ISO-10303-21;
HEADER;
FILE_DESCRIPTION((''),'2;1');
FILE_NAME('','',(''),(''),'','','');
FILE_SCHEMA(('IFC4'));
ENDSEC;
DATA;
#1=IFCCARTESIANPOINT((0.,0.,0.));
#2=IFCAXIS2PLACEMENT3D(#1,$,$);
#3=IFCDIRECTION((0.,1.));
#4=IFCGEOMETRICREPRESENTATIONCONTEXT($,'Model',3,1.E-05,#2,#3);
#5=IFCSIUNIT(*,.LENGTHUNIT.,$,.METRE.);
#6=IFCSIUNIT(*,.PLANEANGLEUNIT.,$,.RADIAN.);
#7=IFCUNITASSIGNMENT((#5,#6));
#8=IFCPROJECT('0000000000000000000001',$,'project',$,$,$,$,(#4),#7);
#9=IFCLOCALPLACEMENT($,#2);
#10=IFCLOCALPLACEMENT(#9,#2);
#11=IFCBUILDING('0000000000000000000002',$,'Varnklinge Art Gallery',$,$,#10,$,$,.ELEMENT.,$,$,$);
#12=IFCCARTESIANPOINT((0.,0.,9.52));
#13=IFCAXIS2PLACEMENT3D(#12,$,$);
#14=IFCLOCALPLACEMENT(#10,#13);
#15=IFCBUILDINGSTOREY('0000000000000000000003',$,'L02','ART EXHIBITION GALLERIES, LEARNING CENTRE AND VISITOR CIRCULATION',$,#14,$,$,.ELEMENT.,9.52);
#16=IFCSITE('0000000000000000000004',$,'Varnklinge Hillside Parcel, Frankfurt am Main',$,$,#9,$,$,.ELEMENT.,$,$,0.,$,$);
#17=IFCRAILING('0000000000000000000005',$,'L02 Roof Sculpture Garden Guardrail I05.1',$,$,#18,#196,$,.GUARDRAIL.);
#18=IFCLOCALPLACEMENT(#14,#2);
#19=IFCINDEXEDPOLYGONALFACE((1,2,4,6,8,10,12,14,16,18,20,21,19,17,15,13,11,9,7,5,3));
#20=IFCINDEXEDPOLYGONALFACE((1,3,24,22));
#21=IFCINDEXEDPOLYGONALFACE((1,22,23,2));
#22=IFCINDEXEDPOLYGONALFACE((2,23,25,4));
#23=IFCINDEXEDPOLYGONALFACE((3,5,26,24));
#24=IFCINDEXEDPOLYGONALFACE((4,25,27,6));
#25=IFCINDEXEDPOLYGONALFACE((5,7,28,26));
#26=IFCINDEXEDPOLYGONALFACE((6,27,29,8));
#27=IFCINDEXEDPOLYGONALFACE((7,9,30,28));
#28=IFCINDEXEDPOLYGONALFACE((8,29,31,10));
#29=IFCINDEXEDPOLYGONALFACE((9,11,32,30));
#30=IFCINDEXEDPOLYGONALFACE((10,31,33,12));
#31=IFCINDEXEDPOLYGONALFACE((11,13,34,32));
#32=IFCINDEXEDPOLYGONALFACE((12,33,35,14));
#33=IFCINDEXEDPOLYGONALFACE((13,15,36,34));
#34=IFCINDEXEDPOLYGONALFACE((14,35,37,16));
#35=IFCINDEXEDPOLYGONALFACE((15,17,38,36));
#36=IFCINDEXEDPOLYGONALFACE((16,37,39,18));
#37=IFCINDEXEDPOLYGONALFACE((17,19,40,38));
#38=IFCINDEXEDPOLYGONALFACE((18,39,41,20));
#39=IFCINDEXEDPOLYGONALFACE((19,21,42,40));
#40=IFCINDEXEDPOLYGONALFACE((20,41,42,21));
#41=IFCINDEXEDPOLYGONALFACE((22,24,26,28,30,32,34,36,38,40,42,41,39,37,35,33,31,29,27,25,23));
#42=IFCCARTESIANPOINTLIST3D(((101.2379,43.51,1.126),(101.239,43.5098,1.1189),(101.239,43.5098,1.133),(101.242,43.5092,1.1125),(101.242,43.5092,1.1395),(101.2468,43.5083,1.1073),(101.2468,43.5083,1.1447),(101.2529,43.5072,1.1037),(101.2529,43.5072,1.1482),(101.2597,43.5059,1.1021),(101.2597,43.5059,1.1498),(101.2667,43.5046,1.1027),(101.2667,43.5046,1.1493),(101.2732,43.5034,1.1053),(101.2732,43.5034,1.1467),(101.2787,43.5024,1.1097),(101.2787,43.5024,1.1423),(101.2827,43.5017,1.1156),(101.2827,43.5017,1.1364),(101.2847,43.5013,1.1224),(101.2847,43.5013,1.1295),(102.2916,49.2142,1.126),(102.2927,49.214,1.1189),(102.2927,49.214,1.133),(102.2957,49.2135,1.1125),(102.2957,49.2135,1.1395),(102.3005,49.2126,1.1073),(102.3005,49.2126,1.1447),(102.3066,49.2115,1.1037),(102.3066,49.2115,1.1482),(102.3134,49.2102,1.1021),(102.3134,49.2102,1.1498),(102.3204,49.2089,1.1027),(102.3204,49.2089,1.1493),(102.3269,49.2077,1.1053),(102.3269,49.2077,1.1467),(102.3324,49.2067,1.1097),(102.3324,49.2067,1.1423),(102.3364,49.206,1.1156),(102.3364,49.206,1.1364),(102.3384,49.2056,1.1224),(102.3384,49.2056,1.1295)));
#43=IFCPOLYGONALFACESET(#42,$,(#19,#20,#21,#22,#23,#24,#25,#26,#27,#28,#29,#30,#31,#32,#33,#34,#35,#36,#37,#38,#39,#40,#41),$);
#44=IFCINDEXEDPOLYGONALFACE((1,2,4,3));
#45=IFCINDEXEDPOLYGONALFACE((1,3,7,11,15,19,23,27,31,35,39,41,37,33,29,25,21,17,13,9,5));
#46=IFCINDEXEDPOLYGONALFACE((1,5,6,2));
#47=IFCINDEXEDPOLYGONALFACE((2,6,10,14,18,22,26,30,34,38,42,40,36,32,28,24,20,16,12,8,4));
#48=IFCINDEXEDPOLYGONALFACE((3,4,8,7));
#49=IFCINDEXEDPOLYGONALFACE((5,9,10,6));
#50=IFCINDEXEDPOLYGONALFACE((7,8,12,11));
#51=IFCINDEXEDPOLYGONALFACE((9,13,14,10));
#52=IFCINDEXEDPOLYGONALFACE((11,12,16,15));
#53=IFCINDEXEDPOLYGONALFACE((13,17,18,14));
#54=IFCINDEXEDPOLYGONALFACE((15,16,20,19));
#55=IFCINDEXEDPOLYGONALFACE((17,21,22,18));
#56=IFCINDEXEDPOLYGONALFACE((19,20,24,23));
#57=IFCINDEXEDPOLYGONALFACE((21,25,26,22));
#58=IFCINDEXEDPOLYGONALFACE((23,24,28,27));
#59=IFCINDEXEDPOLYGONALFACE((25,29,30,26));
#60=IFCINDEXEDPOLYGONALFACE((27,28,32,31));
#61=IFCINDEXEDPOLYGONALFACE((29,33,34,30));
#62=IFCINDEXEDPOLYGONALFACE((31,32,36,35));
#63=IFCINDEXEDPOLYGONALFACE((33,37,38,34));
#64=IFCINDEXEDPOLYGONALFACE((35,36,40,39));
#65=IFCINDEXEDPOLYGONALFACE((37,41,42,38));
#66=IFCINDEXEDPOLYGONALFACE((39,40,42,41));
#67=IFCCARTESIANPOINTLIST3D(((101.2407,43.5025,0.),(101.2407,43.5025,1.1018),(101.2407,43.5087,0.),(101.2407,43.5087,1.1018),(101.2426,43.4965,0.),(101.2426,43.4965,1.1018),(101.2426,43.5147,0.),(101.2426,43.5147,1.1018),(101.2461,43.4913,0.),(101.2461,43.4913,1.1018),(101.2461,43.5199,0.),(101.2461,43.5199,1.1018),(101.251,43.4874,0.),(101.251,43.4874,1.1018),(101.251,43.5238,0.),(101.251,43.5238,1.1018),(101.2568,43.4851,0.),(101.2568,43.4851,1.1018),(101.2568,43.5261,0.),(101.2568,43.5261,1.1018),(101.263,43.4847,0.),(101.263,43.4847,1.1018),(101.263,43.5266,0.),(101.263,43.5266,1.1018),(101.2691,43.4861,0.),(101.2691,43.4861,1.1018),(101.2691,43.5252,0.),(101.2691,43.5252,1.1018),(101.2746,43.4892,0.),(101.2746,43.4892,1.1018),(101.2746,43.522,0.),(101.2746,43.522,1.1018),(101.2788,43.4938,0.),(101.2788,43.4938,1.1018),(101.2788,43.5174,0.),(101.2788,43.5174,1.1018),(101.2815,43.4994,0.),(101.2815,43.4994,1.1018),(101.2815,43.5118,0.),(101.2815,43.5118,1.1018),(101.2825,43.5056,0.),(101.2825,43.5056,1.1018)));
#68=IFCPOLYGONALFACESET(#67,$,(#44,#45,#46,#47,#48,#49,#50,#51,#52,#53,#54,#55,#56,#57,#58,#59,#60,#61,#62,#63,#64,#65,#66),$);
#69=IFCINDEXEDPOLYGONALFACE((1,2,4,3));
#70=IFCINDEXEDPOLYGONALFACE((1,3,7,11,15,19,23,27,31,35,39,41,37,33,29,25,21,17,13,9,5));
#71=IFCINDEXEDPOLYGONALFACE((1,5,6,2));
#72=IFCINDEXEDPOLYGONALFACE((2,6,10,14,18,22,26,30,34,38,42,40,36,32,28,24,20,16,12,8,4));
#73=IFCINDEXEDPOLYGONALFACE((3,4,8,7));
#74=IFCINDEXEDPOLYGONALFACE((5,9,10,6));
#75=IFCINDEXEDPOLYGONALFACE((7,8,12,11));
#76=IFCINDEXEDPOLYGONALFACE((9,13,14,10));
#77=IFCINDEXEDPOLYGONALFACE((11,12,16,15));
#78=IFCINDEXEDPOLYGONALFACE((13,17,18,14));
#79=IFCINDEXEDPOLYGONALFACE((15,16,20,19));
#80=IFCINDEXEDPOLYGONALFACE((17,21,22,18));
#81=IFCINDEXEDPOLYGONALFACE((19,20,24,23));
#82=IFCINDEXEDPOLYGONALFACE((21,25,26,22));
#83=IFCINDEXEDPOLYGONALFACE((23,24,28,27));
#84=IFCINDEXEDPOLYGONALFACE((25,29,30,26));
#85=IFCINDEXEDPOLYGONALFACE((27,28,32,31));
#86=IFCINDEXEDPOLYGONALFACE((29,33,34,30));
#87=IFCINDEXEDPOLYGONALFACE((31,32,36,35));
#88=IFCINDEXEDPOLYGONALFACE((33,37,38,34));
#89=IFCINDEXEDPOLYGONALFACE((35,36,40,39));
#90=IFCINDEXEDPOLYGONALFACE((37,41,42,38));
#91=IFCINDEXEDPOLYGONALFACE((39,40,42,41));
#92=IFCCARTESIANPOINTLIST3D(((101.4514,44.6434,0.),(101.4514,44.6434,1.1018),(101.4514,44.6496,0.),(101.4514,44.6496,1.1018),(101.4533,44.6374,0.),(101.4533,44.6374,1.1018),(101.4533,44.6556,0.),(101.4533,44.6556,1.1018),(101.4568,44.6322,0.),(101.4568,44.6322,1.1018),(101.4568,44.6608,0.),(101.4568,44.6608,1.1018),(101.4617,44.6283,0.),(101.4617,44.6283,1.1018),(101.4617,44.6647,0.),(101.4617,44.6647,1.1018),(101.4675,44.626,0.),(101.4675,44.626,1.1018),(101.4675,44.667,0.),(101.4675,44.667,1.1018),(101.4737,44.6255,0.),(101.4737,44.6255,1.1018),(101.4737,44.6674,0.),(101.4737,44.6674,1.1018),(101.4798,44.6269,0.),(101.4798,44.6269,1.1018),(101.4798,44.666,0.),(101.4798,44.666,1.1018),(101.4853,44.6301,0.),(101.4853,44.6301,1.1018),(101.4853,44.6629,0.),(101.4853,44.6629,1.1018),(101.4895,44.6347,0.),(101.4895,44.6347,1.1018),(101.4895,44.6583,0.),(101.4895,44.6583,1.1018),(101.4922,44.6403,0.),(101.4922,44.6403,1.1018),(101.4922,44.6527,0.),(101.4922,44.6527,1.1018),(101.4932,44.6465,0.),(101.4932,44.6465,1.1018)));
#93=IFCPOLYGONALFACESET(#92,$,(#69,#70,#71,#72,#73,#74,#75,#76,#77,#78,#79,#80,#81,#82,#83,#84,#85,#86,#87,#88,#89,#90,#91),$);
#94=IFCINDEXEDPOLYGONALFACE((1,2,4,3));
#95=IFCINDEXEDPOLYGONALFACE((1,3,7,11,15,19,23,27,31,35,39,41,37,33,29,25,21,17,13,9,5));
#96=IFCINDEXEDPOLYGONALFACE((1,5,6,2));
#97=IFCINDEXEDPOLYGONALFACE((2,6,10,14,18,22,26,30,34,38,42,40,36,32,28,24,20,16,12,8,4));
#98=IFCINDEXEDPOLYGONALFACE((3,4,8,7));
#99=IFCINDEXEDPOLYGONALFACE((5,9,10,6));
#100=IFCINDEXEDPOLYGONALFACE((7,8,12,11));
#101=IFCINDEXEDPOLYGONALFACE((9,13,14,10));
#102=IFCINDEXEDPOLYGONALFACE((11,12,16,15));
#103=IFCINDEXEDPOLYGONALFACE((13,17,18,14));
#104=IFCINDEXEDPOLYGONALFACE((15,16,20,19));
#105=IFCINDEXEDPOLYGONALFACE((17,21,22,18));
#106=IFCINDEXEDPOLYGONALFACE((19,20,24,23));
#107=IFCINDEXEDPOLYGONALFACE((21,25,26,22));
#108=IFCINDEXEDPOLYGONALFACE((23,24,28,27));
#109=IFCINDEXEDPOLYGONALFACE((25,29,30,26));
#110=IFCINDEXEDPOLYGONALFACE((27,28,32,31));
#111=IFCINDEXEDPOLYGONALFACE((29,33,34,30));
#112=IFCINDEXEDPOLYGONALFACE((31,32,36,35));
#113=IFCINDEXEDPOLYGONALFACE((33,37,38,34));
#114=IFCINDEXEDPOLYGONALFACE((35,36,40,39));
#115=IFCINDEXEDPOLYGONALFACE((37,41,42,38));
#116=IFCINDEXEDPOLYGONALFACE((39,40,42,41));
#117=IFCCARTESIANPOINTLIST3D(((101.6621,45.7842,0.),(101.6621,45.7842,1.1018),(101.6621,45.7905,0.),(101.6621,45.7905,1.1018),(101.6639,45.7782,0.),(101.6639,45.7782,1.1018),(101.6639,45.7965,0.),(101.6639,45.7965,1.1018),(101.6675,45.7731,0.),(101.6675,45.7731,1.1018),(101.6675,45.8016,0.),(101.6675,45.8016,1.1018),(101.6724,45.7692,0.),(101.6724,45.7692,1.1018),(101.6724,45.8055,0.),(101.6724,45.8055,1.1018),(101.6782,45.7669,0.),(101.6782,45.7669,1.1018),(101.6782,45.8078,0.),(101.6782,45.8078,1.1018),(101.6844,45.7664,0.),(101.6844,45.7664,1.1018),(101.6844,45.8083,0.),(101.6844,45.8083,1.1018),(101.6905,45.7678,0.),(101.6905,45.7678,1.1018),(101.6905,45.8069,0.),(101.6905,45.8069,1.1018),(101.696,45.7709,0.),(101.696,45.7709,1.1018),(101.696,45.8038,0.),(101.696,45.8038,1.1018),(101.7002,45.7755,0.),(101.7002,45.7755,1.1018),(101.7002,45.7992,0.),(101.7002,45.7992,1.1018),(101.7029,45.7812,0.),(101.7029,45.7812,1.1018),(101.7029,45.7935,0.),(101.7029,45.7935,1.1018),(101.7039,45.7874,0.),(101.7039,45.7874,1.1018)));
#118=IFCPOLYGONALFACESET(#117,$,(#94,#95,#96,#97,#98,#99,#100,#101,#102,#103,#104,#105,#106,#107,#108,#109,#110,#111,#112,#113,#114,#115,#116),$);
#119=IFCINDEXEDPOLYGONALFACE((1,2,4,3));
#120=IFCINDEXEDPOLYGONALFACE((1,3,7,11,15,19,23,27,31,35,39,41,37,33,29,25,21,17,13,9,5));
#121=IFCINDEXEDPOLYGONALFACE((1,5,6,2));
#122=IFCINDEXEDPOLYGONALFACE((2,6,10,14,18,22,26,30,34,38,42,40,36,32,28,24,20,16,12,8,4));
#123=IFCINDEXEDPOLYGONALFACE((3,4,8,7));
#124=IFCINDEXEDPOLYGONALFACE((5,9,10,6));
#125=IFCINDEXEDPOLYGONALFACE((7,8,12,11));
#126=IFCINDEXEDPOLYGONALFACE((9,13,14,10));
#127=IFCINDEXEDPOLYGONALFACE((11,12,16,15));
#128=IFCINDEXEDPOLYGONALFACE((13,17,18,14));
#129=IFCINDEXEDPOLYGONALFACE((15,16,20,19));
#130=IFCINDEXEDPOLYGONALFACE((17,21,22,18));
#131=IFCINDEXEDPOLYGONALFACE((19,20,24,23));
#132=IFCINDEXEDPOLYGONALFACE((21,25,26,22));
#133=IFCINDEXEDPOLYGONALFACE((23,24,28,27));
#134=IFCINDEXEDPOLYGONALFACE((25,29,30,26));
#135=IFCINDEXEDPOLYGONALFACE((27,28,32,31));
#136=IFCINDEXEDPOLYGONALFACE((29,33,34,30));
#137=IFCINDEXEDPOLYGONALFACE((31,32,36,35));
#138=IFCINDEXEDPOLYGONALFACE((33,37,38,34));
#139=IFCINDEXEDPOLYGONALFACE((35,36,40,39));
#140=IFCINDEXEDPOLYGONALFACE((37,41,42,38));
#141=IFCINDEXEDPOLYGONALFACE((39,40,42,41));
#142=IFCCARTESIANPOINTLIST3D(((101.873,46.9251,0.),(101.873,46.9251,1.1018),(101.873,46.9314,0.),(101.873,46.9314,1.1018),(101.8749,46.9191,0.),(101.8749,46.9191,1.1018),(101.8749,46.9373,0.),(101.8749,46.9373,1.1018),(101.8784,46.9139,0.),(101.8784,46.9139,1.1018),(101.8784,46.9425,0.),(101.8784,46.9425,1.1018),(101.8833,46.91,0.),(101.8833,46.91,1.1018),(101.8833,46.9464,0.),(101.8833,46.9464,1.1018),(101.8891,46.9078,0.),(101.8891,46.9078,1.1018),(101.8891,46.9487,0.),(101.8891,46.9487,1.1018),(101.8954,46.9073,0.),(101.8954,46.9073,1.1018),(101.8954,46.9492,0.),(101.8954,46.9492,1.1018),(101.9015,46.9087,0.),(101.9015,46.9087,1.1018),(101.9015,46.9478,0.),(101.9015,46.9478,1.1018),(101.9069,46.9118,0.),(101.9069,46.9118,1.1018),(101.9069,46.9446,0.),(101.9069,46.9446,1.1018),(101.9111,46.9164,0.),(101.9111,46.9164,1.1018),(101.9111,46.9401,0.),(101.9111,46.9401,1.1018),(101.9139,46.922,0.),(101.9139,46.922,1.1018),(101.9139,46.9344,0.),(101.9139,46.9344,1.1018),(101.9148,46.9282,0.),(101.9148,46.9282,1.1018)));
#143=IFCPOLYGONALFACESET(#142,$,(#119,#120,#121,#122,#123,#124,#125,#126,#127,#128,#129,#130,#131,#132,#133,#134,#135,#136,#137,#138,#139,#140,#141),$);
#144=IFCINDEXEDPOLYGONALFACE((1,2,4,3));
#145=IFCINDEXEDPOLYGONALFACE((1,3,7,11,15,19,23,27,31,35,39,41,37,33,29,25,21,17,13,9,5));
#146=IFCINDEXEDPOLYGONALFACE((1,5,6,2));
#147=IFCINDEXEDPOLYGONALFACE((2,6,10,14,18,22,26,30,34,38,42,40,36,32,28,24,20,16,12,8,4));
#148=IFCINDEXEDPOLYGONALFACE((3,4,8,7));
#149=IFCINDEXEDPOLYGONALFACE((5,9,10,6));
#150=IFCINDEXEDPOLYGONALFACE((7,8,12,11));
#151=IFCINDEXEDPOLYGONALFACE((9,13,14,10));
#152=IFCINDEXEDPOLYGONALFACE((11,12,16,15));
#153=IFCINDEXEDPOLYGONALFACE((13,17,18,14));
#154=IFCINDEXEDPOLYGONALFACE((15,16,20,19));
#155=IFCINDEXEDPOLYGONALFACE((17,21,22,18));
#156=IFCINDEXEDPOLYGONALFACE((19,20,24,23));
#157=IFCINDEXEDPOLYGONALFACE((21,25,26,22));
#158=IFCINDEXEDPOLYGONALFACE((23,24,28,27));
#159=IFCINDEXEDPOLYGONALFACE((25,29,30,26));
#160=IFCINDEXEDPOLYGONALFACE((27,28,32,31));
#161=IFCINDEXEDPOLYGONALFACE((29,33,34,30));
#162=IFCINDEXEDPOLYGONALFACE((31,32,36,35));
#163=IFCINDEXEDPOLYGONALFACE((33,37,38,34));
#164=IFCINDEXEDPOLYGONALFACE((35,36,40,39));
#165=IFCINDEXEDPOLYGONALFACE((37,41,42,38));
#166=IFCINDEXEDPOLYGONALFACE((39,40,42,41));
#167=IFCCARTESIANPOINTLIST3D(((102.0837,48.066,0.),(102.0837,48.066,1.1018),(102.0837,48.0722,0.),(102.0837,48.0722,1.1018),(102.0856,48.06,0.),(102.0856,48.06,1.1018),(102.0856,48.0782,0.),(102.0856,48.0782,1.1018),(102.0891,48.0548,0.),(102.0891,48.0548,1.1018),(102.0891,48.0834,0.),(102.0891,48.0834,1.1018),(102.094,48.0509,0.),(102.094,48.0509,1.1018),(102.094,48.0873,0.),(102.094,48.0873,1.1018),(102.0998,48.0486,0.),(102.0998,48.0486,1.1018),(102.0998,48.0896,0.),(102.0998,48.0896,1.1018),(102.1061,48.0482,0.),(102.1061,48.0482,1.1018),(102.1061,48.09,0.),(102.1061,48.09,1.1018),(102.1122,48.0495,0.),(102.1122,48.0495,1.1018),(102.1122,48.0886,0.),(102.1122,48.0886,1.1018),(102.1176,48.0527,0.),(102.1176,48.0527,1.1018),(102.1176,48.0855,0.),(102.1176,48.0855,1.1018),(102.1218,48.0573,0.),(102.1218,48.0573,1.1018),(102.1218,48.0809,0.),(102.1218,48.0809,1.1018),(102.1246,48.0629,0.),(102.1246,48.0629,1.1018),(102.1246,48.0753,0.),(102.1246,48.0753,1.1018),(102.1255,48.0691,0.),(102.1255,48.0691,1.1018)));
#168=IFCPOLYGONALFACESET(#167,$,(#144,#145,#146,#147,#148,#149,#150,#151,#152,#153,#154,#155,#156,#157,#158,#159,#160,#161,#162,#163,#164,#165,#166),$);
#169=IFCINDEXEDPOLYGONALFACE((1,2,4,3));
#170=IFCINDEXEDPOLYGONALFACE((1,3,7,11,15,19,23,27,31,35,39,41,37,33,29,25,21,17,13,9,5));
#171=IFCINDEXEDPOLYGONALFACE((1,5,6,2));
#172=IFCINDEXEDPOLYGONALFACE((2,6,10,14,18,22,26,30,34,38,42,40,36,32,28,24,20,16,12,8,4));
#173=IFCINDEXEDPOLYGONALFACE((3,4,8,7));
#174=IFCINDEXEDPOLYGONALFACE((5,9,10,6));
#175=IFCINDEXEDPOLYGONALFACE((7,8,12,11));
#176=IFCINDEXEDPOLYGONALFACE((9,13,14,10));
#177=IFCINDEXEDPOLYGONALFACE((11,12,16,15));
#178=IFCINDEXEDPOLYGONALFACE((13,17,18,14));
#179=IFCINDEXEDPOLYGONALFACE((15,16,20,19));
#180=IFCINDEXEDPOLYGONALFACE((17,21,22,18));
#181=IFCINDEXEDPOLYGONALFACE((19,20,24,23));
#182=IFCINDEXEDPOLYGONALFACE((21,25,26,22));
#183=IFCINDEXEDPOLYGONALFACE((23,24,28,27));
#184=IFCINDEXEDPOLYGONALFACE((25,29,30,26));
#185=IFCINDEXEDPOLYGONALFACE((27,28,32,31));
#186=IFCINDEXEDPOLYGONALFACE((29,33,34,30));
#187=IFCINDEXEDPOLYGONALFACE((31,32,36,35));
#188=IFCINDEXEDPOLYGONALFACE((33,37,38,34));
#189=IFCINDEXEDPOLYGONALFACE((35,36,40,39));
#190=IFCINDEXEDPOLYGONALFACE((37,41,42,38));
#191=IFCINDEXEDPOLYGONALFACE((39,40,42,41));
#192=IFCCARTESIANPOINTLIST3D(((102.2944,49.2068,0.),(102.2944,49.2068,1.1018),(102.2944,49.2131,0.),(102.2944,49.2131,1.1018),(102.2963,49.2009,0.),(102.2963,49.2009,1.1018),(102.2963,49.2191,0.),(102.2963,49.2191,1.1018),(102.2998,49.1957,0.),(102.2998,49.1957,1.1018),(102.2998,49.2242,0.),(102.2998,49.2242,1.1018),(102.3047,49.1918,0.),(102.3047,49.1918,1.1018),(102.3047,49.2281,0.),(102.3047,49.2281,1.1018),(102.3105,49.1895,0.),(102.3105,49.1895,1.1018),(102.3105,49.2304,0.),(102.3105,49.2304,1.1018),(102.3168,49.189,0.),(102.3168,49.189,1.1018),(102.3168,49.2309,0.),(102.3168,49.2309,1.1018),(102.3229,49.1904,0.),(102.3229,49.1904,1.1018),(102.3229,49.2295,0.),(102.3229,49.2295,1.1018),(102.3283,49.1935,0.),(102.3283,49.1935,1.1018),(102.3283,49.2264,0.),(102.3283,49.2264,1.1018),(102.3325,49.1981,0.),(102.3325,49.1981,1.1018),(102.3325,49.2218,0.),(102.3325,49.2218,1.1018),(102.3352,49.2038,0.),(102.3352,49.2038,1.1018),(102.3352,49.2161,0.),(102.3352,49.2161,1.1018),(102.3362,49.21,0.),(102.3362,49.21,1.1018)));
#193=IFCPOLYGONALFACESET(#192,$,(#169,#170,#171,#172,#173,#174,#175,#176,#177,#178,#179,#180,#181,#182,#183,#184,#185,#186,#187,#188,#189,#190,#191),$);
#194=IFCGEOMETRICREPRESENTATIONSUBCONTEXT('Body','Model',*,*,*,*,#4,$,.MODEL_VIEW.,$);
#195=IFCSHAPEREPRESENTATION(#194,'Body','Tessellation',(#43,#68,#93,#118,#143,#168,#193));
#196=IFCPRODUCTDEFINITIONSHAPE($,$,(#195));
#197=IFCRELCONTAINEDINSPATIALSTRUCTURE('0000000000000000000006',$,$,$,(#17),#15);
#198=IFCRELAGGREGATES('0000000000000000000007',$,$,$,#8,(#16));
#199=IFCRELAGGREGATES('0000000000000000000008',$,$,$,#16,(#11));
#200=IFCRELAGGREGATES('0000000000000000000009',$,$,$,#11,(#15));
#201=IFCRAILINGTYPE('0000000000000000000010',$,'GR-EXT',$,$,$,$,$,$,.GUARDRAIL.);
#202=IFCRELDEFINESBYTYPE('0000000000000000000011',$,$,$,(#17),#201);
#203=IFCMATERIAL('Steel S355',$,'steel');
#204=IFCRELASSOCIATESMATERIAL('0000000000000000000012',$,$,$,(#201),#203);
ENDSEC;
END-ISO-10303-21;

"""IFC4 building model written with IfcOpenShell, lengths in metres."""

from ifc_helpers import new_model, si_unit, direction, frame, origin, origin_2d, place, context, subcontext, project, spatial, circle, extrude, material, type_object, element, save


model = new_model("IFC4")

# Units and contexts
model_context = context("Model", 3, precision=1e-05, world=origin(), true_north=direction((0.0, 1.0)))
body_context = subcontext(model_context, "Body", "Model", "MODEL_VIEW")
ifc_project = project(units=[si_unit("LENGTHUNIT", "METRE"), si_unit("PLANEANGLEUNIT", "RADIAN")], contexts=[model_context])

# Site, building, storey
site_placement = place(None, origin())
site = spatial("IfcSite", under=ifc_project, at=site_placement, Name="Varnklinge Hillside Parcel, Frankfurt am Main", CompositionType="ELEMENT", RefElevation=0.0)
building_placement = place(site_placement, origin())
building = spatial("IfcBuilding", under=site, at=building_placement, Name="Varnklinge Art Gallery", CompositionType="ELEMENT")
storey_placement = place(building_placement, frame((0.0, 0.0, 9.52)))
storey = spatial("IfcBuildingStorey", under=building, at=storey_placement, Name="L02", Description="ART EXHIBITION GALLERIES, LEARNING CENTRE AND VISITOR CIRCULATION", CompositionType="ELEMENT", Elevation=9.52)

# Railing
ifc_material_1 = material(Name="Steel S355", Category="steel")
railing_type_1 = type_object("IfcRailingType", Name="GR-EXT", PredefinedType="GUARDRAIL", material=ifc_material_1)
railing_1_placement = place(storey_placement, frame((101.2615, 43.5056, 0.0)))
element("IfcRailing", 1, at=railing_1_placement, inside=storey, type_object=railing_type_1, Name="L02 Roof Sculpture Garden Guardrail I05.1", PredefinedType="GUARDRAIL", context=body_context, shape_type="SweptSolid", body=[
    extrude(circle(Radius=0.0239, at=origin_2d()), frame((0.0, 0.0, 1.126), z_axis=(0.181648, 0.983364, 0.0), x_axis=(-0.983364, 0.181648, 0.0)), (0.0, 0.0, 1.0), 5.8008),
    extrude(circle(Radius=0.021, at=origin_2d()), origin(), (0.0, 0.0, 1.0), 1.1018),
    extrude(circle(Radius=0.021, at=origin_2d()), frame((0.2107, 1.1409, 0.0)), (0.0, 0.0, 1.0), 1.1018),
    extrude(circle(Radius=0.021, at=origin_2d()), frame((0.4214, 2.2817, 0.0)), (0.0, 0.0, 1.0), 1.1018),
    extrude(circle(Radius=0.021, at=origin_2d()), frame((0.6323, 3.4226, 0.0)), (0.0, 0.0, 1.0), 1.1018),
    extrude(circle(Radius=0.021, at=origin_2d()), frame((0.843, 4.5635, 0.0)), (0.0, 0.0, 1.0), 1.1018),
    extrude(circle(Radius=0.021, at=origin_2d()), frame((1.0537, 5.7043, 0.0)), (0.0, 0.0, 1.0), 1.1018),
])

save(model, "model.ifc")
